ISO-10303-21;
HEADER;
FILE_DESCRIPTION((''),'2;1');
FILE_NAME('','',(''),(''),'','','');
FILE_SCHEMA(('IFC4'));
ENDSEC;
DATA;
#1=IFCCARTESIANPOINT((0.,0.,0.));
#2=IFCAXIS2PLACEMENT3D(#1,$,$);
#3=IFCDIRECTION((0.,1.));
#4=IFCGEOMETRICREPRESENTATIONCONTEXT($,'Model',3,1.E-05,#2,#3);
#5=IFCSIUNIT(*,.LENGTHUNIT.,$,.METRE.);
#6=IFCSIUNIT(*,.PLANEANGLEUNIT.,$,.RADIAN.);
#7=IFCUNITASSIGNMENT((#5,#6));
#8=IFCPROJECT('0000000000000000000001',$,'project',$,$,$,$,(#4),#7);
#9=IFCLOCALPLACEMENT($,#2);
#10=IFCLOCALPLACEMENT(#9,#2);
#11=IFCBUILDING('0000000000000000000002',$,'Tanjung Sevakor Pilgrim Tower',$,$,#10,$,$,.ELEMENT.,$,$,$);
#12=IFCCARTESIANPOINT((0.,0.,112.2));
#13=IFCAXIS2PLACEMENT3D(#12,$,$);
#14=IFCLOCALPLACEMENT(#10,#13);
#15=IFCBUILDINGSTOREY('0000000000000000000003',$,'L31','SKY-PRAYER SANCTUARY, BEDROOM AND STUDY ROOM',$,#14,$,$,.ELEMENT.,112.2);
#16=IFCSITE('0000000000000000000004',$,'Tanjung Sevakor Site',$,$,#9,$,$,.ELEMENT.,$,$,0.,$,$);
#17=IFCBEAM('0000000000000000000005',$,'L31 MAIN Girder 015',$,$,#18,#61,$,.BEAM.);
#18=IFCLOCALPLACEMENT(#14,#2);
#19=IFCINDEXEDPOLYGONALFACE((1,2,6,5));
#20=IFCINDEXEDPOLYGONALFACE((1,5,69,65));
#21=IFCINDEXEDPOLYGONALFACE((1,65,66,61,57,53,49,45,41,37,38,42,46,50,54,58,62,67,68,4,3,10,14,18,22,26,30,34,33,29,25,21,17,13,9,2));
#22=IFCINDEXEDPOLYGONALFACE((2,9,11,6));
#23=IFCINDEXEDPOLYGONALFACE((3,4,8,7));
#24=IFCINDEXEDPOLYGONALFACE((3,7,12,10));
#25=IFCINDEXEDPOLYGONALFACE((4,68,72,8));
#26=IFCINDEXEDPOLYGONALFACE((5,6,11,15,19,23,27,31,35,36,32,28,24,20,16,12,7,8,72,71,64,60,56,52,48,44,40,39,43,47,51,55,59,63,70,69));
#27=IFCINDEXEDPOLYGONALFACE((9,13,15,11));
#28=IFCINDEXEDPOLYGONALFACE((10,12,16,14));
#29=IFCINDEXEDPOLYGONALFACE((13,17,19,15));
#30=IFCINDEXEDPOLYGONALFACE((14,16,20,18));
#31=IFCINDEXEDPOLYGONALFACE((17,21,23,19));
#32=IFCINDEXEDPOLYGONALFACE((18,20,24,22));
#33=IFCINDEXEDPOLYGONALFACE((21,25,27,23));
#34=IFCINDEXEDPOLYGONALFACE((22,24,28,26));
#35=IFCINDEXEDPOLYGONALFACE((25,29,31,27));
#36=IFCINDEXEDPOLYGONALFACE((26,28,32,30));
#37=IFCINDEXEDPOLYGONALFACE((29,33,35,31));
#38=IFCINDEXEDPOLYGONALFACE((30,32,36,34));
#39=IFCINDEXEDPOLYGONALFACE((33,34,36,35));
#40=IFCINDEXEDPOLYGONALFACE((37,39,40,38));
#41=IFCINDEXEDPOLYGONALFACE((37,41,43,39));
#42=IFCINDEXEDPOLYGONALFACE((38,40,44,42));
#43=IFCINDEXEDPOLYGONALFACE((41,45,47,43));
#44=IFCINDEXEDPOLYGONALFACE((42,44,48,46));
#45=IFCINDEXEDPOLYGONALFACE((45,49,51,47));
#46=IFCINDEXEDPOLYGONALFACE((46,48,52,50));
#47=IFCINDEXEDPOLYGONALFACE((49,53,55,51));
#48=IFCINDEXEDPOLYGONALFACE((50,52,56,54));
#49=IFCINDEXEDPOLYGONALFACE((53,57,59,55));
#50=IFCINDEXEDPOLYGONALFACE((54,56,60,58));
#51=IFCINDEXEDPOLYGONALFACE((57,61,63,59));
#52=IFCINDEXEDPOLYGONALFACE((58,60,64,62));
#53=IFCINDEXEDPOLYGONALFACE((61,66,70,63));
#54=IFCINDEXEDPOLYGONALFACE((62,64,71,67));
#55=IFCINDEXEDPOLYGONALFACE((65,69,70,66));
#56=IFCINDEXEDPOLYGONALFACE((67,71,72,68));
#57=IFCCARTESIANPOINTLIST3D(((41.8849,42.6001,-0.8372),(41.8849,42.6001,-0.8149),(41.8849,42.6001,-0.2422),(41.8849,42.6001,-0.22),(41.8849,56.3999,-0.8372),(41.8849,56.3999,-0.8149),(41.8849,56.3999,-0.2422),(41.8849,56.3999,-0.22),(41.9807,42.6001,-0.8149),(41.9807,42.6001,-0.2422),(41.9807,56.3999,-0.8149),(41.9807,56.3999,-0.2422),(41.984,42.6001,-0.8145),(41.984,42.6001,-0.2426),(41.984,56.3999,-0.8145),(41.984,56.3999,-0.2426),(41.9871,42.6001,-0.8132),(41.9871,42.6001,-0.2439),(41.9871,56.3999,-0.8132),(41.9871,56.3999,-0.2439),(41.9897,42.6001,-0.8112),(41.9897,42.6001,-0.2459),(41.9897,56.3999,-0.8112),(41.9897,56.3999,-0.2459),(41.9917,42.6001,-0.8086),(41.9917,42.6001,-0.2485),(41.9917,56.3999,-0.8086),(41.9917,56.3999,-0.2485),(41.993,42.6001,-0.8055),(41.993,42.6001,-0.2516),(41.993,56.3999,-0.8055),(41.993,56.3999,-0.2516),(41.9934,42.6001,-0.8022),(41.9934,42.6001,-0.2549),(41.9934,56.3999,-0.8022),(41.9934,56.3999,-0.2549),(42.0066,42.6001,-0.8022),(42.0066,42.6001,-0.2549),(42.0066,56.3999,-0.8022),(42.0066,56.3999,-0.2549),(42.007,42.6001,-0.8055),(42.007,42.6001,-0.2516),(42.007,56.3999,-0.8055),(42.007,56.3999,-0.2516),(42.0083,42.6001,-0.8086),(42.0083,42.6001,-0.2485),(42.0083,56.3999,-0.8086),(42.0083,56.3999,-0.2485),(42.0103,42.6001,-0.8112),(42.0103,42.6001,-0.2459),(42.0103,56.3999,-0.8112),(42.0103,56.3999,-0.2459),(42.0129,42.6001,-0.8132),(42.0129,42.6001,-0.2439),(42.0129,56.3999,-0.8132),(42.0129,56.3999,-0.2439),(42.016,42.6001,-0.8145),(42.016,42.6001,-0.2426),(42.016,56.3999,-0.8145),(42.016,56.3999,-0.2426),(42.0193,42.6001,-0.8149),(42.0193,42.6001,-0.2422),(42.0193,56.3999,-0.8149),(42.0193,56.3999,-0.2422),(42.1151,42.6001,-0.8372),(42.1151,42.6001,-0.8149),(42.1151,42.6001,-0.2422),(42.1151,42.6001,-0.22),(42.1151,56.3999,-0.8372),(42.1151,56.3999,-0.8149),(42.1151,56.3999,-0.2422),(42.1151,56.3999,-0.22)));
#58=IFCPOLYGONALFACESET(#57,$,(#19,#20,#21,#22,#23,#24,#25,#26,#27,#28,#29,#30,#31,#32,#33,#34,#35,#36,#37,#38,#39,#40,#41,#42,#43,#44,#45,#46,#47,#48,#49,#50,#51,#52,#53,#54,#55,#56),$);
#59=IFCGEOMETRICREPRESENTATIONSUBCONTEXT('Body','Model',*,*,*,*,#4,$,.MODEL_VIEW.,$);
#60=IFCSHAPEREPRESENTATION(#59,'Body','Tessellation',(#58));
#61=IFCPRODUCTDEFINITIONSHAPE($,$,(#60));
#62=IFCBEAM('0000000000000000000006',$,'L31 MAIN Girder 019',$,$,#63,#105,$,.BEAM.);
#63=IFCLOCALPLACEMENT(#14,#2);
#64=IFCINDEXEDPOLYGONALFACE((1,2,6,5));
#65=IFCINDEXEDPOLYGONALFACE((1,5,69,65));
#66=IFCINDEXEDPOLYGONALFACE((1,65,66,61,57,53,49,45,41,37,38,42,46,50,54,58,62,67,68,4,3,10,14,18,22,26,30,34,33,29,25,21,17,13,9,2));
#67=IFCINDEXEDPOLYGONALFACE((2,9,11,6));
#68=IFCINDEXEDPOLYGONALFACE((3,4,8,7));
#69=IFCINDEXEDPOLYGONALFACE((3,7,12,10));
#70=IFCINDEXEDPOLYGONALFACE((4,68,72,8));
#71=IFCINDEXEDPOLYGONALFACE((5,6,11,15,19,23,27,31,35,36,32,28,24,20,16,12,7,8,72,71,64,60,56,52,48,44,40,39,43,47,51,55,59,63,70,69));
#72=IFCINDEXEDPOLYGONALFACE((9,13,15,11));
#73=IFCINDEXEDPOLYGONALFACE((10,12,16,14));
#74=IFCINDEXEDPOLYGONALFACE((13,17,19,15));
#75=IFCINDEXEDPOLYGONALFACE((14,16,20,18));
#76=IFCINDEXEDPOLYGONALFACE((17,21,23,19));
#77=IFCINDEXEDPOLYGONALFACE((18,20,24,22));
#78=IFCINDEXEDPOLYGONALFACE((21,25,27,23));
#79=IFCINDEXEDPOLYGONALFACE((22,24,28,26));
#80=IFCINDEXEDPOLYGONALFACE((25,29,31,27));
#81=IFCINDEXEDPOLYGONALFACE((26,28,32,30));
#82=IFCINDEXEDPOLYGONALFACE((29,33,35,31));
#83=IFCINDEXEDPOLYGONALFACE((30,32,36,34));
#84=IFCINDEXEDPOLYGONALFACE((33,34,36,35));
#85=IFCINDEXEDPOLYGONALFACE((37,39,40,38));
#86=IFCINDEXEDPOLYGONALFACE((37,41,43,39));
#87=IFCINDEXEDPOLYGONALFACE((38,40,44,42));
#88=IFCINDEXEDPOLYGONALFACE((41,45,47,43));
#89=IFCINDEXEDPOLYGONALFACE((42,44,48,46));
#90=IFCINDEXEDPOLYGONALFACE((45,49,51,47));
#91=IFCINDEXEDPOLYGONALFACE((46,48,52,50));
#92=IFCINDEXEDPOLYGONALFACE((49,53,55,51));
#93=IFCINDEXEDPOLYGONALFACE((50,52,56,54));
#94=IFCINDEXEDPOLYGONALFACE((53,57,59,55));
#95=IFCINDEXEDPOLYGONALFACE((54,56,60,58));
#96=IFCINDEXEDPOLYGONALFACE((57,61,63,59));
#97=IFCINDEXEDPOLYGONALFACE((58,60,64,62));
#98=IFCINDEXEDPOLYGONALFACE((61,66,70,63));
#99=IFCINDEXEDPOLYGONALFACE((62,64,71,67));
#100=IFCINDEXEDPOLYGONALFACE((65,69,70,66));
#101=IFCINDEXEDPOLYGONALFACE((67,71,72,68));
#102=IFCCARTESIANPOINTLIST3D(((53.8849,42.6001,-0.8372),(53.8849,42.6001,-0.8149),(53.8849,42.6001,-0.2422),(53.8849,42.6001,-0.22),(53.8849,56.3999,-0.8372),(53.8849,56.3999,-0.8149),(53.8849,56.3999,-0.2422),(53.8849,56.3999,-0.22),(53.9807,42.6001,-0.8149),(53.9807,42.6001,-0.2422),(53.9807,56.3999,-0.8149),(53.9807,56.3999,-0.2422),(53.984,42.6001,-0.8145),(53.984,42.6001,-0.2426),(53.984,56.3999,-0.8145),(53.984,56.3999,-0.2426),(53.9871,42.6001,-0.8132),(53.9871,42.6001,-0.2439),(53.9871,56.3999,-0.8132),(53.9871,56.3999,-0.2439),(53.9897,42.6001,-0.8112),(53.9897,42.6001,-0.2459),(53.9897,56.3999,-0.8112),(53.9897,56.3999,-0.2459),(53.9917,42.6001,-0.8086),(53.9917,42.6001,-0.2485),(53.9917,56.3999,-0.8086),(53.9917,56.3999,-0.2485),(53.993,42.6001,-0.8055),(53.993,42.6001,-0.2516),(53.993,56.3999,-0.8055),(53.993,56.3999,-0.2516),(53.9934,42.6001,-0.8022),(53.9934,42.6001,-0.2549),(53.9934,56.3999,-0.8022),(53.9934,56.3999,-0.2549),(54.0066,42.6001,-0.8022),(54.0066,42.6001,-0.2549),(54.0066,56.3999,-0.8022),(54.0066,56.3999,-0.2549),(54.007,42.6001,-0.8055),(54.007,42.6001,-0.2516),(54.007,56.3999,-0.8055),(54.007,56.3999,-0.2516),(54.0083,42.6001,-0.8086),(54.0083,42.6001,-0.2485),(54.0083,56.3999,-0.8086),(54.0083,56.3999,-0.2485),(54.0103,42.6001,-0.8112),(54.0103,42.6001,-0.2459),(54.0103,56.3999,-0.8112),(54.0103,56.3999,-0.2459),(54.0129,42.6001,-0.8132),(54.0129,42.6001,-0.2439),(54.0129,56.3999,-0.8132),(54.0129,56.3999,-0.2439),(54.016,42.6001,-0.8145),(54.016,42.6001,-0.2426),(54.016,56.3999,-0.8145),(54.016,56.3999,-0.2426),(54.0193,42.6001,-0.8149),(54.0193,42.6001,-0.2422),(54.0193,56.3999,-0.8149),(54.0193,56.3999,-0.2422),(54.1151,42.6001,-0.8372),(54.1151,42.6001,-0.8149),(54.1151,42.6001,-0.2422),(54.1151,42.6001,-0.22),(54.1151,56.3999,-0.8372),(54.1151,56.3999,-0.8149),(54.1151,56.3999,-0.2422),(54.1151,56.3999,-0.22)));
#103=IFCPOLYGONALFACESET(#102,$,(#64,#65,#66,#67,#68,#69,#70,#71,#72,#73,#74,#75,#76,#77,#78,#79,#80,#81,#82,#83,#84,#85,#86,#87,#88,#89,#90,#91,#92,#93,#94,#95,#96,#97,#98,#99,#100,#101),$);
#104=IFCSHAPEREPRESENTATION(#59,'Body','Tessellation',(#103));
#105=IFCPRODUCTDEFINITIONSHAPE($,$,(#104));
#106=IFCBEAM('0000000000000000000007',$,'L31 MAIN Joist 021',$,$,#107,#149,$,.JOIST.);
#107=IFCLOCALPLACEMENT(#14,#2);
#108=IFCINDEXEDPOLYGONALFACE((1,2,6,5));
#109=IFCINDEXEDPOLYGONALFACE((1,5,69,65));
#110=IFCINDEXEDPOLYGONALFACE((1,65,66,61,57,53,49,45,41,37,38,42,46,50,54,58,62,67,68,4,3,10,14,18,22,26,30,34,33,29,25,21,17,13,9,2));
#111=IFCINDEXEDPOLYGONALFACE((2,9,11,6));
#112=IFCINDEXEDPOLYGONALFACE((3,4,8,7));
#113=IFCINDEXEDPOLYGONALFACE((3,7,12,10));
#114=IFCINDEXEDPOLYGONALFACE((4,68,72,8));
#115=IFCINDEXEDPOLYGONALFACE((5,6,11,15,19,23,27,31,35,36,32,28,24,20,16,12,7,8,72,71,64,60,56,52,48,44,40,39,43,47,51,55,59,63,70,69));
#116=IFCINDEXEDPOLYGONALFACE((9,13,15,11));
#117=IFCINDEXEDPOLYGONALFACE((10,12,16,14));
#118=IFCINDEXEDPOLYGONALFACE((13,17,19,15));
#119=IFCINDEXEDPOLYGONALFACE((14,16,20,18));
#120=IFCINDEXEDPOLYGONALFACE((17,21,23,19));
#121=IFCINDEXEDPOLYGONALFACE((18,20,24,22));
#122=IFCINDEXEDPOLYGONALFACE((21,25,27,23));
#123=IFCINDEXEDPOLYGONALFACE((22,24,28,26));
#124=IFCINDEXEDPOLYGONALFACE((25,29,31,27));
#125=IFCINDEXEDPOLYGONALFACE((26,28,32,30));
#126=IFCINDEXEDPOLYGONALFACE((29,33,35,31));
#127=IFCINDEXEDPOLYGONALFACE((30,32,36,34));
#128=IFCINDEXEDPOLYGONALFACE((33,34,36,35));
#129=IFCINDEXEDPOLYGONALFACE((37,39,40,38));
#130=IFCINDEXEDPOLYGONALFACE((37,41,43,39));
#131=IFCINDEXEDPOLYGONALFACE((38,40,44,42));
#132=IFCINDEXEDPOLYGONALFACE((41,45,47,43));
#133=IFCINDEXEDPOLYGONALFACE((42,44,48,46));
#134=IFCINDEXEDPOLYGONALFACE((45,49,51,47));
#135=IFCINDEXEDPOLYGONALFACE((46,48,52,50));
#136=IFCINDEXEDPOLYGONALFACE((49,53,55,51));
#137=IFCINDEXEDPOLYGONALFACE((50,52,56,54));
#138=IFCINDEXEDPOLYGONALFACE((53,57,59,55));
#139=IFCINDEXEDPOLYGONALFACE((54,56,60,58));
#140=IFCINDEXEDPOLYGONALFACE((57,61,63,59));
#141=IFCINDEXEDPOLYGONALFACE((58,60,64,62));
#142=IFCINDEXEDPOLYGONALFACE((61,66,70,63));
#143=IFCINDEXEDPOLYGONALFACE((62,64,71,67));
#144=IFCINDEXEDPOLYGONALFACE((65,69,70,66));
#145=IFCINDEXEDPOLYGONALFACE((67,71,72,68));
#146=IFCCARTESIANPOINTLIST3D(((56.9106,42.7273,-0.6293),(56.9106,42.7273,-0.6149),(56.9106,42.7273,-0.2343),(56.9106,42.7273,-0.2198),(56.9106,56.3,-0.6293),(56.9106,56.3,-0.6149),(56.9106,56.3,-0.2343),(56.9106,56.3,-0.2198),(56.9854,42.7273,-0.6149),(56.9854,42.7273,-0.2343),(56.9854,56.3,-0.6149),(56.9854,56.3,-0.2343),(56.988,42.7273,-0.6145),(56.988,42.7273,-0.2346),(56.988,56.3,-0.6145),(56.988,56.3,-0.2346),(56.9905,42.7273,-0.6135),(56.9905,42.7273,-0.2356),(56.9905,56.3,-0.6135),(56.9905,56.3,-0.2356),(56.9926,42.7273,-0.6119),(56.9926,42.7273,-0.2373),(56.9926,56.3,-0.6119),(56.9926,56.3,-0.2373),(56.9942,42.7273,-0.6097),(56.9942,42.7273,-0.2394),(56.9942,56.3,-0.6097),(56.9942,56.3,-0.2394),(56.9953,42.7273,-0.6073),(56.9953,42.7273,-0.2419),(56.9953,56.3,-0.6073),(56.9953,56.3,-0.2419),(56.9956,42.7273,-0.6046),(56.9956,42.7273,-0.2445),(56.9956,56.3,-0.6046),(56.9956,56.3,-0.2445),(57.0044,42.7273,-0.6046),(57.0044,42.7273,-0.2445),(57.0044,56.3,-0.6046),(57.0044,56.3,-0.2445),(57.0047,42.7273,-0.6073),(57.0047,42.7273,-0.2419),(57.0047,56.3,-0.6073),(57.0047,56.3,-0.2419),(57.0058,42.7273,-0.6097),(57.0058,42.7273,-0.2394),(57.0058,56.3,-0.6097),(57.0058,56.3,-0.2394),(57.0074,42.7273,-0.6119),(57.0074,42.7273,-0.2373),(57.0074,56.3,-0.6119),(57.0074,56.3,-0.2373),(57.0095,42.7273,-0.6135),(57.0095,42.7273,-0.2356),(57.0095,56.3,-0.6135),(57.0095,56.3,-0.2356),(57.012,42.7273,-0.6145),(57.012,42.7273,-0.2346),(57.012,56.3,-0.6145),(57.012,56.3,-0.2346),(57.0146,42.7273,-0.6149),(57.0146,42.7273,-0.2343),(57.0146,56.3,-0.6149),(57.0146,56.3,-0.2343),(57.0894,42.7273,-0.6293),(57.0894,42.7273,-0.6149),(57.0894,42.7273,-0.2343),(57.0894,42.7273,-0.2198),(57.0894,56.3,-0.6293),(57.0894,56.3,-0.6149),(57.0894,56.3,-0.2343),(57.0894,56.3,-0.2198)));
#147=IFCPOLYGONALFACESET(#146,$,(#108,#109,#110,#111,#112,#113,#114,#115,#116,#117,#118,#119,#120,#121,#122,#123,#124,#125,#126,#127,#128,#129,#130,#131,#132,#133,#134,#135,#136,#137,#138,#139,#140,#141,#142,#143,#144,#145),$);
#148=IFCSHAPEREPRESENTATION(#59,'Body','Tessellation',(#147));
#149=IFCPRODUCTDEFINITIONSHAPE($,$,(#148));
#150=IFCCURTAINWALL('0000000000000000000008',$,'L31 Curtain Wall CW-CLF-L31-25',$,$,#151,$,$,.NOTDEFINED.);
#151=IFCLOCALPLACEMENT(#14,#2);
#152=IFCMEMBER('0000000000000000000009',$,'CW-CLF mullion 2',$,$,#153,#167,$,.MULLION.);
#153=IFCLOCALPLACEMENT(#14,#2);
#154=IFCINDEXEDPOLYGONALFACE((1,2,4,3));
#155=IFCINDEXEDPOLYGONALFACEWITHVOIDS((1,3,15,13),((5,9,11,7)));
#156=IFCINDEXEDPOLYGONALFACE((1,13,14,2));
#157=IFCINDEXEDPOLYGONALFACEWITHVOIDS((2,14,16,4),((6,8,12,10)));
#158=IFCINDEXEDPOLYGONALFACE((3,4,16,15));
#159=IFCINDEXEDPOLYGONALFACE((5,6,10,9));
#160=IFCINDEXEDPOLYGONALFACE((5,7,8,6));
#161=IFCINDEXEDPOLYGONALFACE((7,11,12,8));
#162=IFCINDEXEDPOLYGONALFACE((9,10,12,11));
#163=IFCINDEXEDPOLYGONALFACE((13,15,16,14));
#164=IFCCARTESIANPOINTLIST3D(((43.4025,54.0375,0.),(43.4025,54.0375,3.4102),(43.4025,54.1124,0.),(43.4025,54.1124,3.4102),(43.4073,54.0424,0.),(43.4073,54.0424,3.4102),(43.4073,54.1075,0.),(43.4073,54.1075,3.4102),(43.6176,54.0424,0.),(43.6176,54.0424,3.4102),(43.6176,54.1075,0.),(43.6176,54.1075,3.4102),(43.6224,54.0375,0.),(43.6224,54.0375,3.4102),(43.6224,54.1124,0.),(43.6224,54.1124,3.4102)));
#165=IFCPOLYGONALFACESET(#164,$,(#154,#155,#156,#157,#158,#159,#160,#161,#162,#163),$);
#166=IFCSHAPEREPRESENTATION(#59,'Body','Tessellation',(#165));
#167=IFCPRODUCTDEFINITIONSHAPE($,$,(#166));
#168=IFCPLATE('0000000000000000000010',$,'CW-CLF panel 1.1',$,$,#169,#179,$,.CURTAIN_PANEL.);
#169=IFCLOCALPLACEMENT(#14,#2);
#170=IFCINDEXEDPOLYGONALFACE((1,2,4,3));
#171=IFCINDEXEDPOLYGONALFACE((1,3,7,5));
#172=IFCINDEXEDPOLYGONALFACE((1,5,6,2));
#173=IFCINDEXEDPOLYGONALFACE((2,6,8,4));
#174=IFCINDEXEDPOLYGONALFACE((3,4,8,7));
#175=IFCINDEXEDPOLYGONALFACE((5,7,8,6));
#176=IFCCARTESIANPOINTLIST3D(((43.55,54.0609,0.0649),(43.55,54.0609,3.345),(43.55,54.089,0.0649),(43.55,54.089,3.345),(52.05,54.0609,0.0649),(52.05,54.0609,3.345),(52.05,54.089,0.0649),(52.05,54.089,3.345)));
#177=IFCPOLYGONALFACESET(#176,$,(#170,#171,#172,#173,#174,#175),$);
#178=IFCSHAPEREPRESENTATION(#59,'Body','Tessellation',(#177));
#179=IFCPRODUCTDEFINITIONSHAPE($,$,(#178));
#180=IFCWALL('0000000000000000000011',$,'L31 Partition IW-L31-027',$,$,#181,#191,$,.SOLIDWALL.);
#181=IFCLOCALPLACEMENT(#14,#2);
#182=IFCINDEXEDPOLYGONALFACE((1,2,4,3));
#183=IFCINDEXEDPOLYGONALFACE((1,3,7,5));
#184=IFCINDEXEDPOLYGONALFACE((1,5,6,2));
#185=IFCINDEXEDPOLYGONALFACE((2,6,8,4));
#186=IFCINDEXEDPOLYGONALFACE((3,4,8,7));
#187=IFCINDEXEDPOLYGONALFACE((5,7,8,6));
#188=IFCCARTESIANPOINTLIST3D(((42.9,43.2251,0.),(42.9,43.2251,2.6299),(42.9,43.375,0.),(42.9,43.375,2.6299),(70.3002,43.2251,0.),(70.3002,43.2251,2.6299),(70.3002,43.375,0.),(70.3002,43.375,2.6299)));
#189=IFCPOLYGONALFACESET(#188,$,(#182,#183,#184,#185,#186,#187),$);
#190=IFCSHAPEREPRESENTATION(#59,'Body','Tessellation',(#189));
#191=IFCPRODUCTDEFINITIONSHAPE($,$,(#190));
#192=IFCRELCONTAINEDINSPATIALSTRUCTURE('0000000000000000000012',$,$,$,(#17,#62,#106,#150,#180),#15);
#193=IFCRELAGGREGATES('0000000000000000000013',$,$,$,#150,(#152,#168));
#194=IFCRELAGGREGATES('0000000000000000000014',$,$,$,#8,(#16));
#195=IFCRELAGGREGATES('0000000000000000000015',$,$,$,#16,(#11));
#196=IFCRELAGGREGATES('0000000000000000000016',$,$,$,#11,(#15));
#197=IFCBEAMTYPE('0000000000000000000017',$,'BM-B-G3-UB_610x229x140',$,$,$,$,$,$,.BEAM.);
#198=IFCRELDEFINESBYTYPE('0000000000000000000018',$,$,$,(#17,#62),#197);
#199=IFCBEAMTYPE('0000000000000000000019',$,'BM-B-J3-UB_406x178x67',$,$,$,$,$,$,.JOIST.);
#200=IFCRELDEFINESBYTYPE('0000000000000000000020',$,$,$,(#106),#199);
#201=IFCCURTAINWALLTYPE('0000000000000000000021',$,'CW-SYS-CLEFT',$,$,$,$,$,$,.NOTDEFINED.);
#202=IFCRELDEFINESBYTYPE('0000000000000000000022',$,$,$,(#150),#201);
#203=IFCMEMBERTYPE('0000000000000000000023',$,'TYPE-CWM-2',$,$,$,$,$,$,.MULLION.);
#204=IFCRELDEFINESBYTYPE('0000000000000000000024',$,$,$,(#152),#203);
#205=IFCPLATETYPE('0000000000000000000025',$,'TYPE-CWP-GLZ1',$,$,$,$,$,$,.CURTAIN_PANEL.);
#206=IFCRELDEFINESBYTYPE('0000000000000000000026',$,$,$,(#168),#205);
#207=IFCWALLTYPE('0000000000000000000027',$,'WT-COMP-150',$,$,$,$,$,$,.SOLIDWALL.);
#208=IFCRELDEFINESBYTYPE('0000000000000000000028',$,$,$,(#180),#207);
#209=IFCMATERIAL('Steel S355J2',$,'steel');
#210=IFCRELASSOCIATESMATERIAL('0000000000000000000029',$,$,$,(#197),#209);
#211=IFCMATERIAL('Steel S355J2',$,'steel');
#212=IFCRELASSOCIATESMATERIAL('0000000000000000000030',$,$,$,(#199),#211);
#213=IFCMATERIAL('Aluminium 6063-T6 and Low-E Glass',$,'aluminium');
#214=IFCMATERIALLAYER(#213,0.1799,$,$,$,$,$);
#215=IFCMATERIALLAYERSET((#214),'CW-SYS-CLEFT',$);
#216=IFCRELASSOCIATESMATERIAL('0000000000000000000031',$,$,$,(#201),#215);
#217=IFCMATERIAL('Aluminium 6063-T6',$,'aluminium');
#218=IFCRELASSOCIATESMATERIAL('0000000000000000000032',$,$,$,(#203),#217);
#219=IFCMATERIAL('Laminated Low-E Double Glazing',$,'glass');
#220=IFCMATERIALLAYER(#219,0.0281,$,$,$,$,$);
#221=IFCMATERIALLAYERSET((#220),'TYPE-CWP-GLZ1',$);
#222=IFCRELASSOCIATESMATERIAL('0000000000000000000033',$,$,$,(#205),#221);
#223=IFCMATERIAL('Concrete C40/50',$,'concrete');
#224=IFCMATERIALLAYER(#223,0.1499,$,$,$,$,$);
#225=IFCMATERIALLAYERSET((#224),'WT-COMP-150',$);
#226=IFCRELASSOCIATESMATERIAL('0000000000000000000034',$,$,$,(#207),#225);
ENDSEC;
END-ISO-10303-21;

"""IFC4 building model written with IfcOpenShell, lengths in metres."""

from ifc_helpers import new_model, si_unit, direction, frame, frame_2d, origin, origin_2d, place, context, subcontext, project, spatial, rectangle, hollow_rectangle, i_section, extrude, material, layer, layer_set, material_profile, profile_set, type_object, element, aggregate, save


model = new_model("IFC4")

# Units and contexts
model_context = context("Model", 3, precision=1e-05, world=origin(), true_north=direction((0.0, 1.0)))
body_context = subcontext(model_context, "Body", "Model", "MODEL_VIEW")
ifc_project = project(units=[si_unit("LENGTHUNIT", "METRE"), si_unit("PLANEANGLEUNIT", "RADIAN")], contexts=[model_context])

# Site, building, storey
site_placement = place(None, origin())
site = spatial("IfcSite", under=ifc_project, at=site_placement, Name="Tanjung Sevakor Site", CompositionType="ELEMENT", RefElevation=0.0)
building_placement = place(site_placement, origin())
building = spatial("IfcBuilding", under=site, at=building_placement, Name="Tanjung Sevakor Pilgrim Tower", CompositionType="ELEMENT")
storey_placement = place(building_placement, frame((0.0, 0.0, 112.2)))
storey = spatial("IfcBuildingStorey", under=building, at=storey_placement, Name="L31", Description="SKY-PRAYER SANCTUARY, BEDROOM AND STUDY ROOM", CompositionType="ELEMENT", Elevation=112.2)

# Beams
ifc_material_1 = material(Name="Steel S355J2", Category="steel")
ifc_material_profile_1 = material_profile(ifc_material_1, i_section(OverallWidth=0.2302, OverallDepth=0.6172, WebThickness=0.0132, FlangeThickness=0.0222, FilletRadius=0.0127, at=origin_2d()))
ifc_profile_set_1 = profile_set([ifc_material_profile_1], Name="Steel S355J2")
beam_type_1 = type_object("IfcBeamType", Name="BM-B-G3-UB_610x229x140", PredefinedType="BEAM", material=ifc_profile_set_1)
for number, where, z_axis, x_axis, name in (
    (1, (42.0, 42.6001, -0.5286), (0.0, 1.0, 0.0), (-1.0, 0.0, 0.0), "L31 MAIN Girder 015"),
    (2, (54.0, 42.6001, -0.5286), (0.0, 1.0, 0.0), (-1.0, 0.0, 0.0), "L31 MAIN Girder 019"),
):
    element("IfcBeam", number, at=place(storey_placement, frame(where, z_axis=z_axis, x_axis=x_axis)), inside=storey, type_object=beam_type_1, Name=name, PredefinedType="BEAM", context=body_context, shape_type="SweptSolid", body=[
        extrude(i_section(OverallWidth=0.2302, OverallDepth=0.6172, WebThickness=0.0132, FlangeThickness=0.0222, FilletRadius=0.0127, at=origin_2d()), origin(), (0.0, 0.0, 1.0), 13.7998),
    ])
ifc_material_2 = material(Name="Steel S355J2", Category="steel")
ifc_material_profile_2 = material_profile(ifc_material_2, i_section(OverallWidth=0.1787, OverallDepth=0.4094, WebThickness=0.0088, FlangeThickness=0.0144, FilletRadius=0.0103, at=origin_2d()))
ifc_profile_set_2 = profile_set([ifc_material_profile_2], Name="Steel S355J2")
beam_type_2 = type_object("IfcBeamType", Name="BM-B-J3-UB_406x178x67", PredefinedType="JOIST", material=ifc_profile_set_2)
beam_placement = place(storey_placement, frame((57.0, 42.7273, -0.4246), z_axis=(0.0, 1.0, 0.0), x_axis=(-1.0, 0.0, 0.0)))
element("IfcBeam", 3, at=beam_placement, inside=storey, type_object=beam_type_2, Name="L31 MAIN Joist 021", PredefinedType="JOIST", context=body_context, shape_type="SweptSolid", body=[
    extrude(i_section(OverallWidth=0.1787, OverallDepth=0.4094, WebThickness=0.0088, FlangeThickness=0.0144, FilletRadius=0.0103, at=origin_2d()), origin(), (0.0, 0.0, 1.0), 13.5728),
])

# Curtain wall, member, plate
ifc_material_3 = material(Name="Aluminium 6063-T6 and Low-E Glass", Category="aluminium")
ifc_layer_1 = layer(ifc_material_3, 0.1799)
ifc_layer_set_1 = layer_set([ifc_layer_1], Name="CW-SYS-CLEFT")
curtain_wall_type = type_object("IfcCurtainWallType", Name="CW-SYS-CLEFT", PredefinedType="NOTDEFINED", material=ifc_layer_set_1)
curtain_wall_placement = place(storey_placement, origin())
curtain_wall = element("IfcCurtainWall", 4, at=curtain_wall_placement, inside=storey, type_object=curtain_wall_type, Name="L31 Curtain Wall CW-CLF-L31-25", PredefinedType="NOTDEFINED")
ifc_material_4 = material(Name="Aluminium 6063-T6", Category="aluminium")
ifc_material_profile_3 = material_profile(ifc_material_4, hollow_rectangle(XDim=0.075, YDim=0.22, WallThickness=0.0049, at=origin_2d()))
ifc_profile_set_3 = profile_set([ifc_material_profile_3], Name="Aluminium 6063-T6")
member_type = type_object("IfcMemberType", Name="TYPE-CWM-2", PredefinedType="MULLION", material=ifc_profile_set_3)
member_placement = place(storey_placement, frame((43.5125, 54.075, 0.0), z_axis=(0.0, 0.0, 1.0), x_axis=(0.0, -1.0, 0.0)))
member = element("IfcMember", 5, at=member_placement, type_object=member_type, Name="CW-CLF mullion 2", PredefinedType="MULLION", context=body_context, shape_type="SweptSolid", body=[
    extrude(hollow_rectangle(XDim=0.075, YDim=0.22, WallThickness=0.0049, at=origin_2d()), origin(), (0.0, 0.0, 1.0), 3.4102),
])
ifc_material_5 = material(Name="Laminated Low-E Double Glazing", Category="glass")
ifc_layer_2 = layer(ifc_material_5, 0.0281)
ifc_layer_set_2 = layer_set([ifc_layer_2], Name="TYPE-CWP-GLZ1")
plate_type = type_object("IfcPlateType", Name="TYPE-CWP-GLZ1", PredefinedType="CURTAIN_PANEL", material=ifc_layer_set_2)
plate_placement = place(storey_placement, frame((47.8, 54.075, 0.0649), z_axis=(0.0, 0.0, 1.0), x_axis=(-1.0, 0.0, 0.0)))
plate = element("IfcPlate", 6, at=plate_placement, type_object=plate_type, Name="CW-CLF panel 1.1", PredefinedType="CURTAIN_PANEL", context=body_context, shape_type="SweptSolid", body=[
    extrude(rectangle(XDim=8.5, YDim=0.0281, at=origin_2d()), origin(), (0.0, 0.0, 1.0), 3.28),
])
aggregate(curtain_wall, [member, plate])

# Wall
ifc_material_6 = material(Name="Concrete C40/50", Category="concrete")
ifc_layer_3 = layer(ifc_material_6, 0.1499)
ifc_layer_set_3 = layer_set([ifc_layer_3], Name="WT-COMP-150")
wall_type_1 = type_object("IfcWallType", Name="WT-COMP-150", PredefinedType="SOLIDWALL", material=ifc_layer_set_3)
wall_1_placement = place(storey_placement, frame((42.8999, 43.3, 0.0), z_axis=(0.0, 0.0, 1.0), x_axis=(1.0, 0.0, 0.0)))
element("IfcWall", 7, at=wall_1_placement, inside=storey, type_object=wall_type_1, Name="L31 Partition IW-L31-027", PredefinedType="SOLIDWALL", context=body_context, shape_type="SweptSolid", body=[
    extrude(rectangle(XDim=27.4001, YDim=0.1499, at=frame_2d((13.7002, 0.0))), origin(), (0.0, 0.0, 1.0), 2.6299),
])

save(model, "model.ifc")
